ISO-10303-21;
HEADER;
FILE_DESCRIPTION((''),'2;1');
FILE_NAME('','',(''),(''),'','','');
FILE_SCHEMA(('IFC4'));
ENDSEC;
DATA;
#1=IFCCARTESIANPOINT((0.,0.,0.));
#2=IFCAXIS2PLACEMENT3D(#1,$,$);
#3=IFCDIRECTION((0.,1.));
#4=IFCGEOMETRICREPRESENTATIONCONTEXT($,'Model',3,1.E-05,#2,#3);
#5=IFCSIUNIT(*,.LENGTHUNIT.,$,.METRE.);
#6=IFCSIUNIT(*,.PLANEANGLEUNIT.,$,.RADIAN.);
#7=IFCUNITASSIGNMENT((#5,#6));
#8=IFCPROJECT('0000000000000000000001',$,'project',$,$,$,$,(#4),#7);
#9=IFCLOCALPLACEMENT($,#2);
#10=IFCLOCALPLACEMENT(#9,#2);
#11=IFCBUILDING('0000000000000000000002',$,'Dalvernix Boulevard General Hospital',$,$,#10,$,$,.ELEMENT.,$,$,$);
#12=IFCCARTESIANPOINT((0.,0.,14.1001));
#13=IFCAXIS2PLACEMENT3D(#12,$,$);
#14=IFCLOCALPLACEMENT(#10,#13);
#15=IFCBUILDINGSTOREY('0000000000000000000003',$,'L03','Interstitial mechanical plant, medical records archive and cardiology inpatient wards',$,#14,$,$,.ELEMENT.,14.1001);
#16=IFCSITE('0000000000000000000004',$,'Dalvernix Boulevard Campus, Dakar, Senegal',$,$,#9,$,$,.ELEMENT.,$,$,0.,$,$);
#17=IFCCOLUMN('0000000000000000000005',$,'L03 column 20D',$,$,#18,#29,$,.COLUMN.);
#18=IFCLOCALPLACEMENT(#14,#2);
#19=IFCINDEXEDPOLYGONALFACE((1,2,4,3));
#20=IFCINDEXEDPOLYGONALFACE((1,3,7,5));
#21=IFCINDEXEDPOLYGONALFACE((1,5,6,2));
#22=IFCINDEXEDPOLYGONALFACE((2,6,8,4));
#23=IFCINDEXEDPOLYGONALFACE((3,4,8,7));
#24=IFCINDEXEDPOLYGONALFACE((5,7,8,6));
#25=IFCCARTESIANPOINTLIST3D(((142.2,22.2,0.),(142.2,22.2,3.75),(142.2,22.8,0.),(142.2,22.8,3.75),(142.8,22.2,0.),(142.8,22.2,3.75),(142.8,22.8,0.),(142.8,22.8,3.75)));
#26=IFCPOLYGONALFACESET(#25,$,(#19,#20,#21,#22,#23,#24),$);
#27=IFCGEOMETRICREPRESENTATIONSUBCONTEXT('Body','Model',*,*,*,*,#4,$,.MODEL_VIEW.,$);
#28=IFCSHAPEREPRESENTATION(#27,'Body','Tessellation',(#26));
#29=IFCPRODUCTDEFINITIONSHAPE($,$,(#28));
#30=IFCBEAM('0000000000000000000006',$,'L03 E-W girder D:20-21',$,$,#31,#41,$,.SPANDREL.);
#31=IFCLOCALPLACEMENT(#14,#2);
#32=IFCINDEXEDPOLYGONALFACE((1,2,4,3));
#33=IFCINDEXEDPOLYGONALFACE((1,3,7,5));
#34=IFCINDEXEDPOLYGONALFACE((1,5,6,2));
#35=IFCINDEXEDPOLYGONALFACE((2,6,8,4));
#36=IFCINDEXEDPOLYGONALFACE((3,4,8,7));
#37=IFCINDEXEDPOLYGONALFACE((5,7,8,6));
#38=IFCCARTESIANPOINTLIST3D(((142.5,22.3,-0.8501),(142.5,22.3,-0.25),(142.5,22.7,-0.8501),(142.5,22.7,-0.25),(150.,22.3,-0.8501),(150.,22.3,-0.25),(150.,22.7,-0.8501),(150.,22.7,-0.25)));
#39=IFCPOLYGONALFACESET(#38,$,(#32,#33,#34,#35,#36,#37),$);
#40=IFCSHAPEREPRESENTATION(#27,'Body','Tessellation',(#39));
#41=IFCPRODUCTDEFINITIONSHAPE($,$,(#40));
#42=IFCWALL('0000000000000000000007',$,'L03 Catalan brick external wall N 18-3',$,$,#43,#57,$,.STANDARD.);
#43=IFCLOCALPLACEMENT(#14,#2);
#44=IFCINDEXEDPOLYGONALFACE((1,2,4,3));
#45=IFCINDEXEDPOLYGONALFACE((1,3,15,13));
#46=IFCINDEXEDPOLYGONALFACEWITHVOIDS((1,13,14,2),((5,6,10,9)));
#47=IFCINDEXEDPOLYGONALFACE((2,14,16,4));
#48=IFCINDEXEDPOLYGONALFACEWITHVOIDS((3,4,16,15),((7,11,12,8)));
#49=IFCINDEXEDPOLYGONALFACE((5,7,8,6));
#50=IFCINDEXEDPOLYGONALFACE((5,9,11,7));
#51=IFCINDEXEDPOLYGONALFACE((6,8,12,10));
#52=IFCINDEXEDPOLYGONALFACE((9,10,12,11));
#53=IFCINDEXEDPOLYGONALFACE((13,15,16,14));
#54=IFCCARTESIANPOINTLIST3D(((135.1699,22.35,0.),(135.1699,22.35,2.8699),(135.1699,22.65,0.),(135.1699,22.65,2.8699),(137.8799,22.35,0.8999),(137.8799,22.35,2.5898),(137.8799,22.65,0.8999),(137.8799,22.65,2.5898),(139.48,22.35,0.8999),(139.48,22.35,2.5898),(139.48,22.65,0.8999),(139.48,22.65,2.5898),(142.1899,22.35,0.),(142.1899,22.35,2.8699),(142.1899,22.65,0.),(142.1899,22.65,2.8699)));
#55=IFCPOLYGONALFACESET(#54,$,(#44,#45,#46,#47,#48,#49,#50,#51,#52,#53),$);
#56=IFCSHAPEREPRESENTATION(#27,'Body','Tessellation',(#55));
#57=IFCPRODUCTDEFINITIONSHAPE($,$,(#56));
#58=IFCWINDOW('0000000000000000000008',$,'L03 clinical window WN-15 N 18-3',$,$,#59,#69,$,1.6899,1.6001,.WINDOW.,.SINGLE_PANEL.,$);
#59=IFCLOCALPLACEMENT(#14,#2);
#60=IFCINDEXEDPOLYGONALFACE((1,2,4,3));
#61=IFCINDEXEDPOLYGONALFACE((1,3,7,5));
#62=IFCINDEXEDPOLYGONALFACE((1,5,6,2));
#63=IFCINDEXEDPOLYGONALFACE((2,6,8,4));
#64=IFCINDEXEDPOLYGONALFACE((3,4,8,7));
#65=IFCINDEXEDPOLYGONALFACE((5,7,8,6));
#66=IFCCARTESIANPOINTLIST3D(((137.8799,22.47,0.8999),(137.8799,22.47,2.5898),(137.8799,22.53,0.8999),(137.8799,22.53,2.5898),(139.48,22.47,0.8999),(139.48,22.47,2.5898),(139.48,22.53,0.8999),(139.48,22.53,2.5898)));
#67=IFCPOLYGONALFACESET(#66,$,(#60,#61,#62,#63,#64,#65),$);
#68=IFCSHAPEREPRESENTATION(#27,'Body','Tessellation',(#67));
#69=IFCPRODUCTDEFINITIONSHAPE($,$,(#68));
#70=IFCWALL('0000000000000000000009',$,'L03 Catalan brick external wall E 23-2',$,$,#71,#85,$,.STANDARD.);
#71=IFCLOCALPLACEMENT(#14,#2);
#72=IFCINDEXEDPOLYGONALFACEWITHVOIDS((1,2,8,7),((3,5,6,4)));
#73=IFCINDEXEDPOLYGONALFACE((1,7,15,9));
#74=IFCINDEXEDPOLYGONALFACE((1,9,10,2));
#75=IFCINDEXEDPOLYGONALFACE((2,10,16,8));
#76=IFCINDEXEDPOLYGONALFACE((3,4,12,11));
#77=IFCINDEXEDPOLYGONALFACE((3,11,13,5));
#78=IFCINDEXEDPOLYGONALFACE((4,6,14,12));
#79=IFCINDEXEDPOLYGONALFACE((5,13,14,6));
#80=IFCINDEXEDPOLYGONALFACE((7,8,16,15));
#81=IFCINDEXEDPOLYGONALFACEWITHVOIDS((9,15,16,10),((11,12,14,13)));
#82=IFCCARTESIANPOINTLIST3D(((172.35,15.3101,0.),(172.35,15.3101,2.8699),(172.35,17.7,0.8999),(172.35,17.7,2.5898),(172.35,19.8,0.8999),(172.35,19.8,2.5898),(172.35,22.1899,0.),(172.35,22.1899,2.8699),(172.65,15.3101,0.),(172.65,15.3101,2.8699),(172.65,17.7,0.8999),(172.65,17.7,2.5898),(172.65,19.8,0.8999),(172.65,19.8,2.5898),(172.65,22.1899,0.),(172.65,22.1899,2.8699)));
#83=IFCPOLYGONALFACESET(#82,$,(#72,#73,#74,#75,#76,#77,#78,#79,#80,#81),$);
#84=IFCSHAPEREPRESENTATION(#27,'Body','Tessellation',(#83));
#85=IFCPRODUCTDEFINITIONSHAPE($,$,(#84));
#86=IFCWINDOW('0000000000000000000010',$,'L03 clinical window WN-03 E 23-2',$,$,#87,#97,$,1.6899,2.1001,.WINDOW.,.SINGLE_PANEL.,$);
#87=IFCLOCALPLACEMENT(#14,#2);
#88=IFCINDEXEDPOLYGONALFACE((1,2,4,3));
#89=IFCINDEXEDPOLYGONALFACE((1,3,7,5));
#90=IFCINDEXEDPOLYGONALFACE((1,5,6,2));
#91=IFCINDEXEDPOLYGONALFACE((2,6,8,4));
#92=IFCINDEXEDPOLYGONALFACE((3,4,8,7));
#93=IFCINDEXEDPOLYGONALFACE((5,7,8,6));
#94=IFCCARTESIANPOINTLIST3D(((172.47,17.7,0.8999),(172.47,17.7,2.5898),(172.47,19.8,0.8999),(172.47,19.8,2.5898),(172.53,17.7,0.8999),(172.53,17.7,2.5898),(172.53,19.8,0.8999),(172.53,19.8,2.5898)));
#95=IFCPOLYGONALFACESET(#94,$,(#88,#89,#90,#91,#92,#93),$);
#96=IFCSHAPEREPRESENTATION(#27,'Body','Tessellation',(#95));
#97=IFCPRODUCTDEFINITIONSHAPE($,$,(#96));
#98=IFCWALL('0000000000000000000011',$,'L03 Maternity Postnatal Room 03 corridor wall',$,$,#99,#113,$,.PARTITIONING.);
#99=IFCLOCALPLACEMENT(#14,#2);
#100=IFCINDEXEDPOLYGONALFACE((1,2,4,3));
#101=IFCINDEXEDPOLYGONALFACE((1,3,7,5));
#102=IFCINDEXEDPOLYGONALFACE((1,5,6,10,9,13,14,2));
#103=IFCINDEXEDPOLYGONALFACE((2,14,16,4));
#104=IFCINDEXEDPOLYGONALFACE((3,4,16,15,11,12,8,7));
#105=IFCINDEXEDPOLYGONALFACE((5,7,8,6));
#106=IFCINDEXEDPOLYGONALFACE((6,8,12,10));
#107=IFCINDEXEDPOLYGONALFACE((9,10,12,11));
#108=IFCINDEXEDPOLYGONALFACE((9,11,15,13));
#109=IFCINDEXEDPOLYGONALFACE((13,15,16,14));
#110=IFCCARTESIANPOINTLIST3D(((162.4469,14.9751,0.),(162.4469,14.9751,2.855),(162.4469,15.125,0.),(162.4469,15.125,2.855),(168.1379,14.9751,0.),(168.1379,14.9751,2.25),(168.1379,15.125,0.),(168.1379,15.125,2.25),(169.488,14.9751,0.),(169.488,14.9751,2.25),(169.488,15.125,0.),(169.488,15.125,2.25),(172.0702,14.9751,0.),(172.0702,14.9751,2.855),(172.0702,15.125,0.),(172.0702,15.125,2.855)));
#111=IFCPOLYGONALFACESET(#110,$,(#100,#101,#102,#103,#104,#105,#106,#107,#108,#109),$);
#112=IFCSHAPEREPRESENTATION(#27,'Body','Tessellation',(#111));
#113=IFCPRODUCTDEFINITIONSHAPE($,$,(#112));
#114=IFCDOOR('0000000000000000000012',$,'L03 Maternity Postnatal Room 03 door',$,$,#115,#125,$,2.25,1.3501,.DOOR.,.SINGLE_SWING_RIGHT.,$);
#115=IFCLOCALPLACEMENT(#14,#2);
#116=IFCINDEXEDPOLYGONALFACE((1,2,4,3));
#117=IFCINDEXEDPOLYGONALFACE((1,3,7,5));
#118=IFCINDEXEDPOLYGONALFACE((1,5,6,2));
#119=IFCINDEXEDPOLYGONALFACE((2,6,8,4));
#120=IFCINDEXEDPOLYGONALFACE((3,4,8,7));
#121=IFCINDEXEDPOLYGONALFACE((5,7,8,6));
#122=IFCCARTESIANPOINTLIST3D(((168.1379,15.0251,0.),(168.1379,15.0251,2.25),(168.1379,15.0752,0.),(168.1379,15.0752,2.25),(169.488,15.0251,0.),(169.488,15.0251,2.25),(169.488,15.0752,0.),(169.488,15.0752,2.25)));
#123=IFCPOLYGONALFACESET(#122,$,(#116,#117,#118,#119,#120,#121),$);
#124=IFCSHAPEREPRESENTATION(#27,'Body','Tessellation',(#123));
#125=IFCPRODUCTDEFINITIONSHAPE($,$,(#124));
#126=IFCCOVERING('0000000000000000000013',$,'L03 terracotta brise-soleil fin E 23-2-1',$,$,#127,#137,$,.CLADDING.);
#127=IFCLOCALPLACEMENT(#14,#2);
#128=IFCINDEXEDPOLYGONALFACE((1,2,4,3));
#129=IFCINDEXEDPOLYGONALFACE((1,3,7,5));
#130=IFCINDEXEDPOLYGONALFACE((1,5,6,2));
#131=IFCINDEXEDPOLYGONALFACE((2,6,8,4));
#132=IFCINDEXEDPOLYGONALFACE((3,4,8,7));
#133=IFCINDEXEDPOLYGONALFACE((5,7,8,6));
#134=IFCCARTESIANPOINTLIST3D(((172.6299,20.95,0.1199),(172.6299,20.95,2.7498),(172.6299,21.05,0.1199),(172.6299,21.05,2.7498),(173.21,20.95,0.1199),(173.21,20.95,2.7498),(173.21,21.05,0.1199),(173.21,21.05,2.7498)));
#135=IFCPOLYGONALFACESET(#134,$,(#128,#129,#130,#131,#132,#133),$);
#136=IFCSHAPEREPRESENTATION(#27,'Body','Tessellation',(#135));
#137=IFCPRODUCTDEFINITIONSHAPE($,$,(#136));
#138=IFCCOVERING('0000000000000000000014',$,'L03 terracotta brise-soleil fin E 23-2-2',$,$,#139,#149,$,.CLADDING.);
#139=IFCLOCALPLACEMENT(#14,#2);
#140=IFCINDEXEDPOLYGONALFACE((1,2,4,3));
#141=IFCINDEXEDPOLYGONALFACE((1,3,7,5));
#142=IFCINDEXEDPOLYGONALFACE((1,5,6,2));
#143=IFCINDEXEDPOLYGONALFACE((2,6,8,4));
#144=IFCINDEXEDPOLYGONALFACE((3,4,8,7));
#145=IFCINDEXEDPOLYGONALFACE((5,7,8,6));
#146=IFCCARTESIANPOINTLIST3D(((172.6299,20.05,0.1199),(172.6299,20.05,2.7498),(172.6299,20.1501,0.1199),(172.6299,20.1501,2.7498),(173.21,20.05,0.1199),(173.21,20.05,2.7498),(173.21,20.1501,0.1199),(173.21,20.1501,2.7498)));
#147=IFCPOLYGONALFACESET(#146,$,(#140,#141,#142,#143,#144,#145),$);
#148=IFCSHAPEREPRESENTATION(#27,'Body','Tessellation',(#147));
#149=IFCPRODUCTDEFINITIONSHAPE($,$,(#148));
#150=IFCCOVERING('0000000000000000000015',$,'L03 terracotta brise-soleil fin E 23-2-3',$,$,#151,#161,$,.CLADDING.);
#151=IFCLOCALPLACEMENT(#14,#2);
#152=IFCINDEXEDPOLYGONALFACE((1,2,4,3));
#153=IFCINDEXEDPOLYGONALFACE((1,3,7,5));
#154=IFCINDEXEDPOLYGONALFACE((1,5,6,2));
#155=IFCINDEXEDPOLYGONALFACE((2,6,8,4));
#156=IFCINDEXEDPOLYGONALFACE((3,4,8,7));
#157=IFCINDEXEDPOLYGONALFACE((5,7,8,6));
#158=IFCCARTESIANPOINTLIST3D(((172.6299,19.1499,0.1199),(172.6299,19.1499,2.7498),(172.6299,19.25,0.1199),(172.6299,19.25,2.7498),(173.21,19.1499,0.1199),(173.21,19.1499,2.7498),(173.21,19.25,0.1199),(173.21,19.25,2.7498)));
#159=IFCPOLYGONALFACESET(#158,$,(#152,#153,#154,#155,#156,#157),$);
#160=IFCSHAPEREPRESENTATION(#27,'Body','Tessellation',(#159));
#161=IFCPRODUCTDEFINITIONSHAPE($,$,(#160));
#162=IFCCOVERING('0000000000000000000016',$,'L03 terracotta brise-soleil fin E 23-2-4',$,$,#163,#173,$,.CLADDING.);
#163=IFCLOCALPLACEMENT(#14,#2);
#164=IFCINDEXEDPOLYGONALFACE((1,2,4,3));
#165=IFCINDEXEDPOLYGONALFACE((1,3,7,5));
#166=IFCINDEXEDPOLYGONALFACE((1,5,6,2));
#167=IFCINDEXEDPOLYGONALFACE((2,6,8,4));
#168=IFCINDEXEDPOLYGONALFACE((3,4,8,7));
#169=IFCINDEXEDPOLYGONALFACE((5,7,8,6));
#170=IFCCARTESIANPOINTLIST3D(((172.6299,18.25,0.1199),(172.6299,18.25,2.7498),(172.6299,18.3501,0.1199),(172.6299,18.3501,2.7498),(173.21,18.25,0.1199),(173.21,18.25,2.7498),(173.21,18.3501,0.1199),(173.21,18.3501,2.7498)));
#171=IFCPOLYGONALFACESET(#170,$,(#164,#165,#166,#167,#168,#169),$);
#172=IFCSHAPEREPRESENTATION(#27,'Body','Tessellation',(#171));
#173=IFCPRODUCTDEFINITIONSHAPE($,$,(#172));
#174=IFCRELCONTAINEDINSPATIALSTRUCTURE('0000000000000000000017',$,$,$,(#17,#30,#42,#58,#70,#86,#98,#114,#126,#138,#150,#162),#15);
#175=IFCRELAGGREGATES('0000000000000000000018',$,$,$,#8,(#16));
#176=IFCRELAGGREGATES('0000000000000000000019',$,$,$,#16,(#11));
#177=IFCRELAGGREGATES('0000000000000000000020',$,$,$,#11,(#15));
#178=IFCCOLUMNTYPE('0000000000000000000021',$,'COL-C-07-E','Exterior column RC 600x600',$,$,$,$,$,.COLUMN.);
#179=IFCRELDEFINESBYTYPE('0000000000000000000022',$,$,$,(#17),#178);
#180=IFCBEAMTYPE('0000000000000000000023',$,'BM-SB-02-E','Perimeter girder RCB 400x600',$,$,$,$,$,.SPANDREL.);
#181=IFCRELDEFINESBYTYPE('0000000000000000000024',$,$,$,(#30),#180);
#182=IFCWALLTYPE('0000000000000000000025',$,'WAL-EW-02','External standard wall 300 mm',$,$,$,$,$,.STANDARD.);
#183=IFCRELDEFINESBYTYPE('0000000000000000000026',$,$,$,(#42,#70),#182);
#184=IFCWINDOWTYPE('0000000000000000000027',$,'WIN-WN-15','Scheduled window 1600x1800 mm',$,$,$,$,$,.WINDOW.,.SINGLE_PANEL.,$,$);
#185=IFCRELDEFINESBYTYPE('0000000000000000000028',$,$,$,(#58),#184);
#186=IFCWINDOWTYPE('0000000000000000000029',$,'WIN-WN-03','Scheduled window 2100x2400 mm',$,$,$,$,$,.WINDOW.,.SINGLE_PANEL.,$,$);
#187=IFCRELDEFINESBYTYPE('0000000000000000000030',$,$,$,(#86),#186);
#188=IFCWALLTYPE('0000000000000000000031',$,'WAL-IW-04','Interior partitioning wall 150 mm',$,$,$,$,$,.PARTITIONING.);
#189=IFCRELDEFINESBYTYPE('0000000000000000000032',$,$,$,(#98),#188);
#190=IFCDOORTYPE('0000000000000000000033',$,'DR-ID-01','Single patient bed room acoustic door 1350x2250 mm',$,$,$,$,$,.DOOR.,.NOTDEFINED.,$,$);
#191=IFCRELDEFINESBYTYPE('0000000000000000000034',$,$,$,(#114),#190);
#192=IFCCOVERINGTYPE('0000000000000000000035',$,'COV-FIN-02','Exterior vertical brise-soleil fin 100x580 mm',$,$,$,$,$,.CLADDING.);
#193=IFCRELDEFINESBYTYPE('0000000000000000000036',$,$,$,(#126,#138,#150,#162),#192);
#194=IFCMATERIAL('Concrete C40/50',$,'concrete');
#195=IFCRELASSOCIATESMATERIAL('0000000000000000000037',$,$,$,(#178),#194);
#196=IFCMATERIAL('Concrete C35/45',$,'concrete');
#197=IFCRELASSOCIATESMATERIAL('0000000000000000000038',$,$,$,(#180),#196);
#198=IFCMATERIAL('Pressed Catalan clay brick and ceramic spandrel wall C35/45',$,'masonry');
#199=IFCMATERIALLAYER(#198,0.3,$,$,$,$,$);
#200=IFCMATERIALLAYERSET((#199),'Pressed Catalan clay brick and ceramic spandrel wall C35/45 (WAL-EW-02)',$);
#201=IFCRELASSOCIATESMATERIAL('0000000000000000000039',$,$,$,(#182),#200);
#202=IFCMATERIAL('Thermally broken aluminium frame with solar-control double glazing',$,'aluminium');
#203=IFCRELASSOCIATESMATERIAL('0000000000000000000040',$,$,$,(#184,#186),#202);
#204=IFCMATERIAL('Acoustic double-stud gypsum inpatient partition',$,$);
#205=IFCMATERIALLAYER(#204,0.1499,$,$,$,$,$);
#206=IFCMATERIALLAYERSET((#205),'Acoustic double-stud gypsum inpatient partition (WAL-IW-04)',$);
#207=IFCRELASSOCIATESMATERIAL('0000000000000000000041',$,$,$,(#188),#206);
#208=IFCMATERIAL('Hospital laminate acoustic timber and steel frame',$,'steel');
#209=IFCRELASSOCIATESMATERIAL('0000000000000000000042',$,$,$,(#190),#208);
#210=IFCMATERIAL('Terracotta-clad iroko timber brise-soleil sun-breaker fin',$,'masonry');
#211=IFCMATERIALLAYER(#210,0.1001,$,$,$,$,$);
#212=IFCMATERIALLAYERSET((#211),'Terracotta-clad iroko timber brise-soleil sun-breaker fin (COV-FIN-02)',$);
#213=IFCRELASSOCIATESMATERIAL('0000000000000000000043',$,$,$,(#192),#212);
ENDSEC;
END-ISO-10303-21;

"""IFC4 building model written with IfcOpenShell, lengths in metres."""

from ifc_helpers import new_model, si_unit, direction, frame, frame_2d, origin, origin_2d, place, context, subcontext, project, spatial, rectangle, extrude, material, layer, layer_set, material_profile, profile_set, type_object, element, fill, save


model = new_model("IFC4")

# Units and contexts
model_context = context("Model", 3, precision=1e-05, world=origin(), true_north=direction((0.0, 1.0)))
body_context = subcontext(model_context, "Body", "Model", "MODEL_VIEW")
ifc_project = project(units=[si_unit("LENGTHUNIT", "METRE"), si_unit("PLANEANGLEUNIT", "RADIAN")], contexts=[model_context])

# Site, building, storey
site_placement = place(None, origin())
site = spatial("IfcSite", under=ifc_project, at=site_placement, Name="Dalvernix Boulevard Campus, Dakar, Senegal", CompositionType="ELEMENT", RefElevation=0.0)
building_placement = place(site_placement, origin())
building = spatial("IfcBuilding", under=site, at=building_placement, Name="Dalvernix Boulevard General Hospital", CompositionType="ELEMENT")
storey_placement = place(building_placement, frame((0.0, 0.0, 14.1001)))
storey = spatial("IfcBuildingStorey", under=building, at=storey_placement, Name="L03", Description="Interstitial mechanical plant, medical records archive and cardiology inpatient wards", CompositionType="ELEMENT", Elevation=14.1001)

# Column
ifc_material_1 = material(Name="Concrete C40/50", Category="concrete")
ifc_material_profile_1 = material_profile(ifc_material_1, rectangle(XDim=0.6001, YDim=0.6001, at=origin_2d()), Name="RC 600x600")
ifc_profile_set_1 = profile_set([ifc_material_profile_1], Name="Concrete C40/50")
column_type = type_object("IfcColumnType", Name="COL-C-07-E", Description="Exterior column RC 600x600", PredefinedType="COLUMN", material=ifc_profile_set_1)
column_placement = place(storey_placement, frame((142.5, 22.5, 0.0), z_axis=(0.0, 0.0, 1.0), x_axis=(1.0, 0.0, 0.0)))
element("IfcColumn", 1, at=column_placement, inside=storey, type_object=column_type, Name="L03 column 20D", PredefinedType="COLUMN", context=body_context, shape_type="SweptSolid", body=[
    extrude(rectangle(XDim=0.6001, YDim=0.6001, at=origin_2d()), origin(), (0.0, 0.0, 1.0), 3.75),
])

# Beam
ifc_material_2 = material(Name="Concrete C35/45", Category="concrete")
ifc_material_profile_2 = material_profile(ifc_material_2, rectangle(XDim=0.3999, YDim=0.6001, at=origin_2d()), Name="RCB 400x600")
ifc_profile_set_2 = profile_set([ifc_material_profile_2], Name="Concrete C35/45")
beam_type = type_object("IfcBeamType", Name="BM-SB-02-E", Description="Perimeter girder RCB 400x600", PredefinedType="SPANDREL", material=ifc_profile_set_2)
beam_placement = place(storey_placement, frame((142.5, 22.5, -0.55), z_axis=(1.0, 0.0, 0.0), x_axis=(0.0, 1.0, 0.0)))
element("IfcBeam", 2, at=beam_placement, inside=storey, type_object=beam_type, Name="L03 E-W girder D:20-21", PredefinedType="SPANDREL", context=body_context, shape_type="SweptSolid", body=[
    extrude(rectangle(XDim=0.3999, YDim=0.6001, at=origin_2d()), origin(), (0.0, 0.0, 1.0), 7.5),
])

# Walls, openings, windows
ifc_material_3 = material(Name="Pressed Catalan clay brick and ceramic spandrel wall C35/45", Category="masonry")
ifc_layer_1 = layer(ifc_material_3, 0.3)
ifc_layer_set_1 = layer_set([ifc_layer_1], Name="Pressed Catalan clay brick and ceramic spandrel wall C35/45 (WAL-EW-02)")
wall_type_1 = type_object("IfcWallType", Name="WAL-EW-02", Description="External standard wall 300 mm", PredefinedType="STANDARD", material=ifc_layer_set_1)
wall_1_placement = place(storey_placement, frame((135.1699, 22.5, 0.0), z_axis=(0.0, 0.0, 1.0), x_axis=(1.0, 0.0, 0.0)))
wall_1 = element("IfcWall", 3, at=wall_1_placement, inside=storey, type_object=wall_type_1, Name="L03 Catalan brick external wall N 18-3", PredefinedType="STANDARD", context=body_context, shape_type="SweptSolid", body=[
    extrude(rectangle(XDim=7.02, YDim=0.3, at=frame_2d((3.51, 0.0))), origin(), (0.0, 0.0, 1.0), 2.8699),
])
opening_1_placement = place(wall_1_placement, frame((2.71, 0.0, 0.8999)))
opening_1 = element("IfcOpeningElement", 4, at=opening_1_placement, cuts=wall_1, PredefinedType="OPENING", context=body_context, shape_type="SweptSolid", body=[
    extrude(rectangle(XDim=1.6001, YDim=1.6899, at=frame_2d((0.8, 0.845))), frame((0.0, 0.1599, 0.0), z_axis=(0.0, -1.0, 0.0), x_axis=(1.0, 0.0, 0.0)), (0.0, 0.0, 1.0), 0.3201),
])
ifc_material_4 = material(Name="Thermally broken aluminium frame with solar-control double glazing", Category="aluminium")
window_type_1 = type_object("IfcWindowType", Name="WIN-WN-15", Description="Scheduled window 1600x1800 mm", PartitioningType="SINGLE_PANEL", PredefinedType="WINDOW", material=ifc_material_4)
window_1_placement = place(opening_1_placement, origin())
window_1 = element("IfcWindow", 5, at=window_1_placement, inside=storey, type_object=window_type_1, Name="L03 clinical window WN-15 N 18-3", OverallHeight=1.6899, OverallWidth=1.6001, PartitioningType="SINGLE_PANEL", PredefinedType="WINDOW", context=body_context, shape_type="SweptSolid", body=[
    extrude(rectangle(XDim=1.6001, YDim=1.6899, at=frame_2d((0.8, 0.845))), frame((0.0, 0.03, 0.0), z_axis=(0.0, -1.0, 0.0), x_axis=(1.0, 0.0, 0.0)), (0.0, 0.0, 1.0), 0.0601),
])
fill(opening_1, window_1)
wall_2_placement = place(storey_placement, frame((172.5, 22.1899, 0.0), z_axis=(0.0, 0.0, 1.0), x_axis=(0.0, -1.0, 0.0)))
wall_2 = element("IfcWall", 6, at=wall_2_placement, inside=storey, type_object=wall_type_1, Name="L03 Catalan brick external wall E 23-2", PredefinedType="STANDARD", context=body_context, shape_type="SweptSolid", body=[
    extrude(rectangle(XDim=6.8799, YDim=0.3, at=frame_2d((3.4399, 0.0))), origin(), (0.0, 0.0, 1.0), 2.8699),
])
opening_2_placement = place(wall_2_placement, frame((2.3899, 0.0, 0.8999)))
opening_2 = element("IfcOpeningElement", 7, at=opening_2_placement, cuts=wall_2, PredefinedType="OPENING", context=body_context, shape_type="SweptSolid", body=[
    extrude(rectangle(XDim=2.1001, YDim=1.6899, at=frame_2d((1.05, 0.845))), frame((0.0, 0.1599, 0.0), z_axis=(0.0, -1.0, 0.0), x_axis=(1.0, 0.0, 0.0)), (0.0, 0.0, 1.0), 0.3201),
])
window_type_2 = type_object("IfcWindowType", Name="WIN-WN-03", Description="Scheduled window 2100x2400 mm", PartitioningType="SINGLE_PANEL", PredefinedType="WINDOW", material=ifc_material_4)
window_2_placement = place(opening_2_placement, origin())
window_2 = element("IfcWindow", 8, at=window_2_placement, inside=storey, type_object=window_type_2, Name="L03 clinical window WN-03 E 23-2", OverallHeight=1.6899, OverallWidth=2.1001, PartitioningType="SINGLE_PANEL", PredefinedType="WINDOW", context=body_context, shape_type="SweptSolid", body=[
    extrude(rectangle(XDim=2.1001, YDim=1.6899, at=frame_2d((1.05, 0.845))), frame((0.0, 0.03, 0.0), z_axis=(0.0, -1.0, 0.0), x_axis=(1.0, 0.0, 0.0)), (0.0, 0.0, 1.0), 0.0601),
])
fill(opening_2, window_2)

# Wall, opening, door
ifc_material_5 = material(Name="Acoustic double-stud gypsum inpatient partition")
ifc_layer_2 = layer(ifc_material_5, 0.1499)
ifc_layer_set_2 = layer_set([ifc_layer_2], Name="Acoustic double-stud gypsum inpatient partition (WAL-IW-04)")
wall_type_2 = type_object("IfcWallType", Name="WAL-IW-04", Description="Interior partitioning wall 150 mm", PredefinedType="PARTITIONING", material=ifc_layer_set_2)
wall_3_placement = place(storey_placement, frame((172.0701, 15.05, 0.0), z_axis=(0.0, 0.0, 1.0), x_axis=(-1.0, 0.0, 0.0)))
wall_3 = element("IfcWall", 9, at=wall_3_placement, inside=storey, type_object=wall_type_2, Name="L03 Maternity Postnatal Room 03 corridor wall", PredefinedType="PARTITIONING", context=body_context, shape_type="SweptSolid", body=[
    extrude(rectangle(XDim=9.6233, YDim=0.1499, at=frame_2d((4.8115, 0.0))), origin(), (0.0, 0.0, 1.0), 2.855),
])
opening_3_placement = place(wall_3_placement, frame((2.582, 0.0, 0.0)))
opening_3 = element("IfcOpeningElement", 10, at=opening_3_placement, cuts=wall_3, PredefinedType="OPENING", context=body_context, shape_type="SweptSolid", body=[
    extrude(rectangle(XDim=1.3501, YDim=2.25, at=frame_2d((0.675, 1.125))), frame((0.0, 0.085, 0.0), z_axis=(0.0, -1.0, 0.0), x_axis=(1.0, 0.0, 0.0)), (0.0, 0.0, 1.0), 0.1699),
])
ifc_material_6 = material(Name="Hospital laminate acoustic timber and steel frame", Category="steel")
door_type = type_object("IfcDoorType", Name="DR-ID-01", Description="Single patient bed room acoustic door 1350x2250 mm", OperationType="NOTDEFINED", PredefinedType="DOOR", material=ifc_material_6)
door_placement = place(opening_3_placement, origin())
door = element("IfcDoor", 11, at=door_placement, inside=storey, type_object=door_type, Name="L03 Maternity Postnatal Room 03 door", OperationType="SINGLE_SWING_RIGHT", OverallHeight=2.25, OverallWidth=1.3501, PredefinedType="DOOR", context=body_context, shape_type="SweptSolid", body=[
    extrude(rectangle(XDim=1.3501, YDim=2.25, at=frame_2d((0.675, 1.125))), frame((0.0, 0.0249, 0.0), z_axis=(0.0, -1.0, 0.0), x_axis=(1.0, 0.0, 0.0)), (0.0, 0.0, 1.0), 0.05),
])
fill(opening_3, door)

# Coverings
ifc_material_7 = material(Name="Terracotta-clad iroko timber brise-soleil sun-breaker fin", Category="masonry")
ifc_layer_3 = layer(ifc_material_7, 0.1001)
ifc_layer_set_3 = layer_set([ifc_layer_3], Name="Terracotta-clad iroko timber brise-soleil sun-breaker fin (COV-FIN-02)")
covering_type_1 = type_object("IfcCoveringType", Name="COV-FIN-02", Description="Exterior vertical brise-soleil fin 100x580 mm", PredefinedType="CLADDING", material=ifc_layer_set_3)
for number, where, z_axis, x_axis, name in (
    (12, (172.9199, 21.0, 0.1199), (0.0, 0.0, 1.0), (0.0, -1.0, 0.0), "L03 terracotta brise-soleil fin E 23-2-1"),
    (13, (172.9199, 20.1001, 0.1199), (0.0, 0.0, 1.0), (0.0, -1.0, 0.0), "L03 terracotta brise-soleil fin E 23-2-2"),
    (14, (172.9199, 19.2, 0.1199), (0.0, 0.0, 1.0), (0.0, -1.0, 0.0), "L03 terracotta brise-soleil fin E 23-2-3"),
    (15, (172.9199, 18.3, 0.1199), (0.0, 0.0, 1.0), (0.0, -1.0, 0.0), "L03 terracotta brise-soleil fin E 23-2-4"),
):
    element("IfcCovering", number, at=place(storey_placement, frame(where, z_axis=z_axis, x_axis=x_axis)), inside=storey, type_object=covering_type_1, Name=name, PredefinedType="CLADDING", context=body_context, shape_type="SweptSolid", body=[
        extrude(rectangle(XDim=0.1001, YDim=0.5801, at=origin_2d()), origin(), (0.0, 0.0, 1.0), 2.6299),
    ])

save(model, "model.ifc")
